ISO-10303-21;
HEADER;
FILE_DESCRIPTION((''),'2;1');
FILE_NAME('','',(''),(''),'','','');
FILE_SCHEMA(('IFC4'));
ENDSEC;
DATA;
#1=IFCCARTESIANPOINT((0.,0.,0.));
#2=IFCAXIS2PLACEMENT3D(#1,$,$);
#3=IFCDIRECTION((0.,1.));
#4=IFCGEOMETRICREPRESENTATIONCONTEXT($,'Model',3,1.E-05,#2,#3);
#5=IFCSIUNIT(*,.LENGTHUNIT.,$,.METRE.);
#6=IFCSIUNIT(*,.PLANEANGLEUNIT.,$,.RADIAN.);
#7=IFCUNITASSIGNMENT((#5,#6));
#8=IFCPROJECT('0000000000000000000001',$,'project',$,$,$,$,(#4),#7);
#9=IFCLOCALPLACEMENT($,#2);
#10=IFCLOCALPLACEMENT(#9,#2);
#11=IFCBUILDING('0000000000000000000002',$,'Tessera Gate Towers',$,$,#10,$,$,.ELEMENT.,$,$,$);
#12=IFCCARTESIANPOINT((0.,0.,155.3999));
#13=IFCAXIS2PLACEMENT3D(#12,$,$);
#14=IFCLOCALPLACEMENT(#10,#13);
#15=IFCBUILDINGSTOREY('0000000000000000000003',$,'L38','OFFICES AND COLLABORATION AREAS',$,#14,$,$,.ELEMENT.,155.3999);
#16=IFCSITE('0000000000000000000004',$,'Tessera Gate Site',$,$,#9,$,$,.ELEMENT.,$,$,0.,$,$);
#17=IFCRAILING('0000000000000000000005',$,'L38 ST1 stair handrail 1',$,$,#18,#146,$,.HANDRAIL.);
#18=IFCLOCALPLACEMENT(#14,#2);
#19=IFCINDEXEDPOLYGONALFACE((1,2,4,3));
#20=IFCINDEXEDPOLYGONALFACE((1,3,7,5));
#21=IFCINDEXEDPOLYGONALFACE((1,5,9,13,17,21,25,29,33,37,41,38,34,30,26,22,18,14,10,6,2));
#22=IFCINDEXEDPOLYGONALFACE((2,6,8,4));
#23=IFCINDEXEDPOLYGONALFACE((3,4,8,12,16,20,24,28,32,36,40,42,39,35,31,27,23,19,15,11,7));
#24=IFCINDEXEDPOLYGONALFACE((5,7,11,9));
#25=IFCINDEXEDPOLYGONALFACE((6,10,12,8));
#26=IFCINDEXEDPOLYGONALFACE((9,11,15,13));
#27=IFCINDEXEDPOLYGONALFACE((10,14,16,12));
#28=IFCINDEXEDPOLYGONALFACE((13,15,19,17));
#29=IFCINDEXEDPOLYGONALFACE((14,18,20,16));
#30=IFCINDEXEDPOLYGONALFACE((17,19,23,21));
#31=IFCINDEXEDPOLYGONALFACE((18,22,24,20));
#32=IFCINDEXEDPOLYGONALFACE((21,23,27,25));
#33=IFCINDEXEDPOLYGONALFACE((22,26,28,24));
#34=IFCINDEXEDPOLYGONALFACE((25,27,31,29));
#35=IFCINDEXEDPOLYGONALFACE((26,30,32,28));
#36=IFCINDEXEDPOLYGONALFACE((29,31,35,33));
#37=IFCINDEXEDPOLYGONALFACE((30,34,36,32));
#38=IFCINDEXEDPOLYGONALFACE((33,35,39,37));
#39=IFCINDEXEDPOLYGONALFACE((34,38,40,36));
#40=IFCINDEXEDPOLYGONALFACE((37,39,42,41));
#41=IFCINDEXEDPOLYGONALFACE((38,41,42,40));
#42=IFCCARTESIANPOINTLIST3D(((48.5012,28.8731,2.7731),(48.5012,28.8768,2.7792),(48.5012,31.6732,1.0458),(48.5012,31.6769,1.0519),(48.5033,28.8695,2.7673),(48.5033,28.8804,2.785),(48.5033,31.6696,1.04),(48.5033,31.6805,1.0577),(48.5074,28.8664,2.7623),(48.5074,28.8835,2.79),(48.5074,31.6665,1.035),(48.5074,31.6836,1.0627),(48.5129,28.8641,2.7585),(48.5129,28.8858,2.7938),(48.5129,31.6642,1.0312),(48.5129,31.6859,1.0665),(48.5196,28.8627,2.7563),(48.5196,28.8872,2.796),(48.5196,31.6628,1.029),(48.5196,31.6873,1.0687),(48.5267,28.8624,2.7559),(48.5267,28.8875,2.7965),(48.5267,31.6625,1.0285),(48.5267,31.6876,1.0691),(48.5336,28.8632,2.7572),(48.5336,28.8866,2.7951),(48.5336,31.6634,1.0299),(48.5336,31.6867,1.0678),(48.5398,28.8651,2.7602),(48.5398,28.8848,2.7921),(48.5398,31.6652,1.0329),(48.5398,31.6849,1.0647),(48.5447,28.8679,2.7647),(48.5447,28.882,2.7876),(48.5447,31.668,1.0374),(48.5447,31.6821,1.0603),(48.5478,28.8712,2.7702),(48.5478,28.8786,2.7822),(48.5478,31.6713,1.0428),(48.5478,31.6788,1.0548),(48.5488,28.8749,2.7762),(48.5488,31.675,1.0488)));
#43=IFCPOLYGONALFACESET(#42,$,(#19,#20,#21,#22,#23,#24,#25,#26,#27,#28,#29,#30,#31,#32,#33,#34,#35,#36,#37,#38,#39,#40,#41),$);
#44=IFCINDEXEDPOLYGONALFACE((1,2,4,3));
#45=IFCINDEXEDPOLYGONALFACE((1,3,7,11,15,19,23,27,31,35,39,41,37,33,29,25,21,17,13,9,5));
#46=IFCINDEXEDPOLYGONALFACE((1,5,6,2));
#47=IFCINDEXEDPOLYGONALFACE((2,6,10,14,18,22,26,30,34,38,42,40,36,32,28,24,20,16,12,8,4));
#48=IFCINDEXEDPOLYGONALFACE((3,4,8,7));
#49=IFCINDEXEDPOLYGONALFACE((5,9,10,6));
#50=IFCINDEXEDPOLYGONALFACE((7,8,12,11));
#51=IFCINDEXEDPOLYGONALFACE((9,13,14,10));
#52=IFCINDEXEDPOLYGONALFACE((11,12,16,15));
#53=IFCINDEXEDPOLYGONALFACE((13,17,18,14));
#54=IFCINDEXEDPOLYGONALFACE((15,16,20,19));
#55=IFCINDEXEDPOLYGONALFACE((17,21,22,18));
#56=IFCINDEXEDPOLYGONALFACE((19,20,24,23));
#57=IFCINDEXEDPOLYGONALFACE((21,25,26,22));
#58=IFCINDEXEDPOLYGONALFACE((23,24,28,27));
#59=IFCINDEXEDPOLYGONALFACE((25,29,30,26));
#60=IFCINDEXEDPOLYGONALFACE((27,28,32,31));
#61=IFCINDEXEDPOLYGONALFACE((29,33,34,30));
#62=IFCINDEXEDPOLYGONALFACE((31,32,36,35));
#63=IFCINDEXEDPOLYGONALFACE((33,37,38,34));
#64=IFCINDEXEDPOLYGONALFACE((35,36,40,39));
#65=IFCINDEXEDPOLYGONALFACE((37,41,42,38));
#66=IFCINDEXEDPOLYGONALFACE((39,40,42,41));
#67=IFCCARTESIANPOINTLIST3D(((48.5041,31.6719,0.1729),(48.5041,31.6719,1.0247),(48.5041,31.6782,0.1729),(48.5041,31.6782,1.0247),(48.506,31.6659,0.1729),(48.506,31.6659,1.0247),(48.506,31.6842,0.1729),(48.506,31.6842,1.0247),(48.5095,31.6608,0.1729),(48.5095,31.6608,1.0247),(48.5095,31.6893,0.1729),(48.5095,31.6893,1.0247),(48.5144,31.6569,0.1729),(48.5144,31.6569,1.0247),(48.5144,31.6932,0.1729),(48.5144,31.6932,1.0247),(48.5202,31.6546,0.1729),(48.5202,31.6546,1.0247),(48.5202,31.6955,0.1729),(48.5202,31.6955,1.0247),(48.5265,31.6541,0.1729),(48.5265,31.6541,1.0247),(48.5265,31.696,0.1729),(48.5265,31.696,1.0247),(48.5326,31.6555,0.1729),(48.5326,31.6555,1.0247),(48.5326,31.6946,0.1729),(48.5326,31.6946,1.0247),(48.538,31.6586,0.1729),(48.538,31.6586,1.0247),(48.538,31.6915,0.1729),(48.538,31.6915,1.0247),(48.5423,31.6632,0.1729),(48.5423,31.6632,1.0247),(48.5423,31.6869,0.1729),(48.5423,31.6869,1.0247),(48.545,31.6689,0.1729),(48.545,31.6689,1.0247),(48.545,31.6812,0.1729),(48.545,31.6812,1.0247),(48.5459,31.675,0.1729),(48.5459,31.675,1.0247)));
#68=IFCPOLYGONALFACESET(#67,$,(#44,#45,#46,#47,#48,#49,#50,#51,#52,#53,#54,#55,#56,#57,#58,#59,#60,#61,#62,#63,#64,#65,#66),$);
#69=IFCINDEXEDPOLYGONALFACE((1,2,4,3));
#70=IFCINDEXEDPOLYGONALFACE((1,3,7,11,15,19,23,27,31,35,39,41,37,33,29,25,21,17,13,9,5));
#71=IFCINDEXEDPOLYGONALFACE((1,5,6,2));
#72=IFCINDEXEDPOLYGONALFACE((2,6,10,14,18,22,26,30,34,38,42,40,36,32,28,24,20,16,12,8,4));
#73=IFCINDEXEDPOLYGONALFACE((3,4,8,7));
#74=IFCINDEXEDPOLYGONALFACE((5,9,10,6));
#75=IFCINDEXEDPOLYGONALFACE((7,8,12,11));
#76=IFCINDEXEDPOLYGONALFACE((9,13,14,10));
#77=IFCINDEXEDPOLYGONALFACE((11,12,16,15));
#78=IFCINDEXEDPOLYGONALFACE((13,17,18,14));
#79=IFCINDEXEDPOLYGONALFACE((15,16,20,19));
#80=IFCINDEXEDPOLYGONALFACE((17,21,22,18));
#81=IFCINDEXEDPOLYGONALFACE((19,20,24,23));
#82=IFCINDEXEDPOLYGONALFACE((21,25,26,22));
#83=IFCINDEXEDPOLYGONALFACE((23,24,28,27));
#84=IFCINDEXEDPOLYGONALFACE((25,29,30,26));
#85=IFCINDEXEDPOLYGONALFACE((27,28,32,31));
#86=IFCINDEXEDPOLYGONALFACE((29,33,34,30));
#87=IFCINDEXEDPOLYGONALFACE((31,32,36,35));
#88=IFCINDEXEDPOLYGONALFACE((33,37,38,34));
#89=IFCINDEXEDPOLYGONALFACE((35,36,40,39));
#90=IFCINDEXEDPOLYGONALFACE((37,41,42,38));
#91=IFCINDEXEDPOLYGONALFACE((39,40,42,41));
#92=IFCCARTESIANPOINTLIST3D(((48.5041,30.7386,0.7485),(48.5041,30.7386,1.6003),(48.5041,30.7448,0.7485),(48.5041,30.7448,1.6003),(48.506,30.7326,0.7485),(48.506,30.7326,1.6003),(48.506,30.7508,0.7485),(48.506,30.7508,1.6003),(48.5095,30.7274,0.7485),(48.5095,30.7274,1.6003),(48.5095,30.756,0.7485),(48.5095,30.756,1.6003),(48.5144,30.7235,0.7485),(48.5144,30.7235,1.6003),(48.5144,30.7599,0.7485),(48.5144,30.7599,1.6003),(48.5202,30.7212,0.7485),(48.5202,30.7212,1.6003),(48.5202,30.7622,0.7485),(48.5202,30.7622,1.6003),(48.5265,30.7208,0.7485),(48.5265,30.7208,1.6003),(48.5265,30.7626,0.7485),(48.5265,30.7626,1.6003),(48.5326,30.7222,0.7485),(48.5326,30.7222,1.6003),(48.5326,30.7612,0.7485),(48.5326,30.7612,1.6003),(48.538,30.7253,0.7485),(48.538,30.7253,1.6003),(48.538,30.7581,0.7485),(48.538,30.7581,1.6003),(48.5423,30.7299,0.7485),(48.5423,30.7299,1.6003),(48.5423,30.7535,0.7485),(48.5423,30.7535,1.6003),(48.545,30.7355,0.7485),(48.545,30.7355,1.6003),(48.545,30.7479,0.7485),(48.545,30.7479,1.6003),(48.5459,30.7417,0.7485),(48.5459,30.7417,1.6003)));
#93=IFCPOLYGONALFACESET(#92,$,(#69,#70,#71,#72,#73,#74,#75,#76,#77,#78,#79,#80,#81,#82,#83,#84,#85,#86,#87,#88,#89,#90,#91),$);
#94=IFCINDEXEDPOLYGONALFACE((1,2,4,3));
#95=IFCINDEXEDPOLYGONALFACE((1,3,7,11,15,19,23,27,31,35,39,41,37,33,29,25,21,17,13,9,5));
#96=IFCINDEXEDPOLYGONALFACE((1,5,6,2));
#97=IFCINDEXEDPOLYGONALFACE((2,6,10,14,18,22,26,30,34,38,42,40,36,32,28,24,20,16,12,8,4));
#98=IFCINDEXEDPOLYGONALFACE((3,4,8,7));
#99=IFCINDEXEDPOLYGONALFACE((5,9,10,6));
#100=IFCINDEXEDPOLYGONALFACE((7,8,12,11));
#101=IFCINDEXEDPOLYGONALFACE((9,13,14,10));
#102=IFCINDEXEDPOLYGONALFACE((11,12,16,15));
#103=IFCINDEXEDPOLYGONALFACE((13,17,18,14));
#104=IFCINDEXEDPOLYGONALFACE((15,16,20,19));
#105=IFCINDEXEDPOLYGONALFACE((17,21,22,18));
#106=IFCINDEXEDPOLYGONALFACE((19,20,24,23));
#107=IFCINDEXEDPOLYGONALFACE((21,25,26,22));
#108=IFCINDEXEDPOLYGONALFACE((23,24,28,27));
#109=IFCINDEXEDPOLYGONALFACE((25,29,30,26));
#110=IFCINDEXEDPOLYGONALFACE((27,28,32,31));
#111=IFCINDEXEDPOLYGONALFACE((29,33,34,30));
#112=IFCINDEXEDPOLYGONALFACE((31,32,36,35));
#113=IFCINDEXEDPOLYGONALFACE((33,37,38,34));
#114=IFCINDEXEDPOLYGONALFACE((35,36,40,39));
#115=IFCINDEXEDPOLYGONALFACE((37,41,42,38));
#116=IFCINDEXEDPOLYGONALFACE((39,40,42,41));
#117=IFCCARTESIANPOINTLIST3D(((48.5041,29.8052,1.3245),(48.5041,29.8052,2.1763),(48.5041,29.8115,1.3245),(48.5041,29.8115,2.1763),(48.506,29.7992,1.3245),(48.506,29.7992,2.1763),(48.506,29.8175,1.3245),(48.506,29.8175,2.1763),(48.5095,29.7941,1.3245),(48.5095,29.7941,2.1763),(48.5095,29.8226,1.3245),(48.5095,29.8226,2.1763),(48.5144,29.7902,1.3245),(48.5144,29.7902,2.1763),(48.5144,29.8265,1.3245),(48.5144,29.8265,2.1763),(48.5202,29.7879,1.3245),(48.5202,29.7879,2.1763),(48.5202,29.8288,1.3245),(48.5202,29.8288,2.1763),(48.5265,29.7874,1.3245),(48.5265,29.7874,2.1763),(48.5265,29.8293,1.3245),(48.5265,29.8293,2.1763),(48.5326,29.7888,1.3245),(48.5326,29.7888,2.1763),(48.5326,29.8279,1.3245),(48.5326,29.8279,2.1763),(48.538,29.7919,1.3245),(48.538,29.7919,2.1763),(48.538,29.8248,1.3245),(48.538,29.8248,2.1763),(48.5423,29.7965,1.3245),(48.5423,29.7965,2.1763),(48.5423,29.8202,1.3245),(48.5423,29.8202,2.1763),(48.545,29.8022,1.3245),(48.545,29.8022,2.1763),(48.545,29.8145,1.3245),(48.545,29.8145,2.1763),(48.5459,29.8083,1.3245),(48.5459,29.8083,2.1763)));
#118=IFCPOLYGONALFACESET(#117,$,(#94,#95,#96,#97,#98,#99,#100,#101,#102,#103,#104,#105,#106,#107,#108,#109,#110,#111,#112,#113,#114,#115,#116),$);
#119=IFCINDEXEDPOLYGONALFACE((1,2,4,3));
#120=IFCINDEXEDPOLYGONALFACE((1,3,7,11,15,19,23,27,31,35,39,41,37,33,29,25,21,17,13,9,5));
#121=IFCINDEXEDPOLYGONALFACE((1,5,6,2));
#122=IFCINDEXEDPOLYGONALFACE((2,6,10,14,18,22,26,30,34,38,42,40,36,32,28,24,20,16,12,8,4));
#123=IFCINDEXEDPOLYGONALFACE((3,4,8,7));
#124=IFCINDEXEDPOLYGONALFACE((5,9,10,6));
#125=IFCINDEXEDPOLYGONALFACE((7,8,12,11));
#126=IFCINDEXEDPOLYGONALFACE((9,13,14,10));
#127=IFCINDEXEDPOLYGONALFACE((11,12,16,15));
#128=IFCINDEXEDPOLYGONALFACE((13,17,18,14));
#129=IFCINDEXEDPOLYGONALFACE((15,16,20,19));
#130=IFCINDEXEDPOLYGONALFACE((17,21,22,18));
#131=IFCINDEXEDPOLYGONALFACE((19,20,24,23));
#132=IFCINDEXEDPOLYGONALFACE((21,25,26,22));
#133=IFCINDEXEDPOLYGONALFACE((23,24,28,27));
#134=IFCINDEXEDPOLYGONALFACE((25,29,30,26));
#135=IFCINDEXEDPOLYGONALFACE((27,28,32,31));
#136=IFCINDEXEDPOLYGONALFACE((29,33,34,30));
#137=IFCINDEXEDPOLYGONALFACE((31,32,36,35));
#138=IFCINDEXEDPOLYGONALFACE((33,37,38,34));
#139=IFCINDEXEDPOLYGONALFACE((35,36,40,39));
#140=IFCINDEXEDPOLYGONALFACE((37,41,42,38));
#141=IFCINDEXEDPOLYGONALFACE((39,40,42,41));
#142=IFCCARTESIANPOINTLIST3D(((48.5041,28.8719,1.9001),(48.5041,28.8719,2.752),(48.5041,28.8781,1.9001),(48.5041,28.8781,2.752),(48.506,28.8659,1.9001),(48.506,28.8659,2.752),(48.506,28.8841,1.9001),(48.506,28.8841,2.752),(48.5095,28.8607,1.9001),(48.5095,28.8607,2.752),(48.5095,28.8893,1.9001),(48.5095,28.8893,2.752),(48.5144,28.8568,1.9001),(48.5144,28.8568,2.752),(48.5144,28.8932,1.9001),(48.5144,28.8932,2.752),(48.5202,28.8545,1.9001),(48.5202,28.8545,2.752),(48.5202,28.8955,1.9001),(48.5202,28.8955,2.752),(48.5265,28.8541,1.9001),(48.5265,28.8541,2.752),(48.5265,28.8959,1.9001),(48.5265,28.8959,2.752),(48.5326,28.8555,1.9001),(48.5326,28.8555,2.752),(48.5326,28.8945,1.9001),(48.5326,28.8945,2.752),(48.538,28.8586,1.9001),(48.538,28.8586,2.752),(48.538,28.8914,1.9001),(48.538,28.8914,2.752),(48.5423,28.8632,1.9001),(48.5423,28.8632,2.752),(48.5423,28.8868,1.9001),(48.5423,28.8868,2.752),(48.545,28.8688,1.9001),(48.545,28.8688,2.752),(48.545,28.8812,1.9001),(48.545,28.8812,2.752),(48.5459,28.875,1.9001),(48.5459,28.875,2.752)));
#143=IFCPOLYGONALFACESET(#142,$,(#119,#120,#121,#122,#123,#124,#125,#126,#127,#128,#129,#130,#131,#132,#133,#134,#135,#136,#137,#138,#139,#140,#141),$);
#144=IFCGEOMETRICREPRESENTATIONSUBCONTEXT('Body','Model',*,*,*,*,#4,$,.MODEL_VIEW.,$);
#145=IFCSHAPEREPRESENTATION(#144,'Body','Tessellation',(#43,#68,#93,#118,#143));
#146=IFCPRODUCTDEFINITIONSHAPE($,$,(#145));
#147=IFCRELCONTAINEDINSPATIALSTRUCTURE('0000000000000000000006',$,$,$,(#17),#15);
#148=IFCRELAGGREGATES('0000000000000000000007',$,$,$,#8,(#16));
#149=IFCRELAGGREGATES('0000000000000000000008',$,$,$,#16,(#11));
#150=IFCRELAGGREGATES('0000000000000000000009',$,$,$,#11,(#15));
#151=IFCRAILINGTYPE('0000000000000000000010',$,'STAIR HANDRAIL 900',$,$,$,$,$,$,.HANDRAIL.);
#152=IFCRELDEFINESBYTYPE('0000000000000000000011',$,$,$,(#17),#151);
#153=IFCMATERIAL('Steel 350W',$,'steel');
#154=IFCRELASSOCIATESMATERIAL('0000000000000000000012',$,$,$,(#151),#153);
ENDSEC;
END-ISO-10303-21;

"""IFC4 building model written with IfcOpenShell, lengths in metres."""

from ifc_helpers import new_model, si_unit, direction, frame, origin, origin_2d, place, context, subcontext, project, spatial, circle, extrude, material, type_object, element, save


model = new_model("IFC4")

# Units and contexts
model_context = context("Model", 3, precision=1e-05, world=origin(), true_north=direction((0.0, 1.0)))
body_context = subcontext(model_context, "Body", "Model", "MODEL_VIEW")
ifc_project = project(units=[si_unit("LENGTHUNIT", "METRE"), si_unit("PLANEANGLEUNIT", "RADIAN")], contexts=[model_context])

# Site, building, storey
site_placement = place(None, origin())
site = spatial("IfcSite", under=ifc_project, at=site_placement, Name="Tessera Gate Site", CompositionType="ELEMENT", RefElevation=0.0)
building_placement = place(site_placement, origin())
building = spatial("IfcBuilding", under=site, at=building_placement, Name="Tessera Gate Towers", CompositionType="ELEMENT")
storey_placement = place(building_placement, frame((0.0, 0.0, 155.3999)))
storey = spatial("IfcBuildingStorey", under=building, at=storey_placement, Name="L38", Description="OFFICES AND COLLABORATION AREAS", CompositionType="ELEMENT", Elevation=155.3999)

# Railing
ifc_material_1 = material(Name="Steel 350W", Category="steel")
railing_type_1 = type_object("IfcRailingType", Name="STAIR HANDRAIL 900", PredefinedType="HANDRAIL", material=ifc_material_1)
railing_1_placement = place(storey_placement, frame((48.5249, 31.675, 0.1729)))
element("IfcRailing", 1, at=railing_1_placement, inside=storey, type_object=railing_type_1, Name="L38 ST1 stair handrail 1", PredefinedType="HANDRAIL", context=body_context, shape_type="SweptSolid", body=[
    extrude(circle(Radius=0.0239, at=origin_2d()), frame((0.0, 0.0, 0.876), z_axis=(0.0, -0.85109, 0.52502), x_axis=(1.0, 0.0, 0.0)), (0.0, 0.0, 1.0), 3.29),
    extrude(circle(Radius=0.021, at=origin_2d()), origin(), (0.0, 0.0, 1.0), 0.8518),
    extrude(circle(Radius=0.021, at=origin_2d()), frame((0.0, -0.9333, 0.5757)), (0.0, 0.0, 1.0), 0.8518),
    extrude(circle(Radius=0.021, at=origin_2d()), frame((0.0, -1.8667, 1.1516)), (0.0, 0.0, 1.0), 0.8518),
    extrude(circle(Radius=0.021, at=origin_2d()), frame((0.0, -2.8, 1.7273)), (0.0, 0.0, 1.0), 0.8518),
])

save(model, "model.ifc")
